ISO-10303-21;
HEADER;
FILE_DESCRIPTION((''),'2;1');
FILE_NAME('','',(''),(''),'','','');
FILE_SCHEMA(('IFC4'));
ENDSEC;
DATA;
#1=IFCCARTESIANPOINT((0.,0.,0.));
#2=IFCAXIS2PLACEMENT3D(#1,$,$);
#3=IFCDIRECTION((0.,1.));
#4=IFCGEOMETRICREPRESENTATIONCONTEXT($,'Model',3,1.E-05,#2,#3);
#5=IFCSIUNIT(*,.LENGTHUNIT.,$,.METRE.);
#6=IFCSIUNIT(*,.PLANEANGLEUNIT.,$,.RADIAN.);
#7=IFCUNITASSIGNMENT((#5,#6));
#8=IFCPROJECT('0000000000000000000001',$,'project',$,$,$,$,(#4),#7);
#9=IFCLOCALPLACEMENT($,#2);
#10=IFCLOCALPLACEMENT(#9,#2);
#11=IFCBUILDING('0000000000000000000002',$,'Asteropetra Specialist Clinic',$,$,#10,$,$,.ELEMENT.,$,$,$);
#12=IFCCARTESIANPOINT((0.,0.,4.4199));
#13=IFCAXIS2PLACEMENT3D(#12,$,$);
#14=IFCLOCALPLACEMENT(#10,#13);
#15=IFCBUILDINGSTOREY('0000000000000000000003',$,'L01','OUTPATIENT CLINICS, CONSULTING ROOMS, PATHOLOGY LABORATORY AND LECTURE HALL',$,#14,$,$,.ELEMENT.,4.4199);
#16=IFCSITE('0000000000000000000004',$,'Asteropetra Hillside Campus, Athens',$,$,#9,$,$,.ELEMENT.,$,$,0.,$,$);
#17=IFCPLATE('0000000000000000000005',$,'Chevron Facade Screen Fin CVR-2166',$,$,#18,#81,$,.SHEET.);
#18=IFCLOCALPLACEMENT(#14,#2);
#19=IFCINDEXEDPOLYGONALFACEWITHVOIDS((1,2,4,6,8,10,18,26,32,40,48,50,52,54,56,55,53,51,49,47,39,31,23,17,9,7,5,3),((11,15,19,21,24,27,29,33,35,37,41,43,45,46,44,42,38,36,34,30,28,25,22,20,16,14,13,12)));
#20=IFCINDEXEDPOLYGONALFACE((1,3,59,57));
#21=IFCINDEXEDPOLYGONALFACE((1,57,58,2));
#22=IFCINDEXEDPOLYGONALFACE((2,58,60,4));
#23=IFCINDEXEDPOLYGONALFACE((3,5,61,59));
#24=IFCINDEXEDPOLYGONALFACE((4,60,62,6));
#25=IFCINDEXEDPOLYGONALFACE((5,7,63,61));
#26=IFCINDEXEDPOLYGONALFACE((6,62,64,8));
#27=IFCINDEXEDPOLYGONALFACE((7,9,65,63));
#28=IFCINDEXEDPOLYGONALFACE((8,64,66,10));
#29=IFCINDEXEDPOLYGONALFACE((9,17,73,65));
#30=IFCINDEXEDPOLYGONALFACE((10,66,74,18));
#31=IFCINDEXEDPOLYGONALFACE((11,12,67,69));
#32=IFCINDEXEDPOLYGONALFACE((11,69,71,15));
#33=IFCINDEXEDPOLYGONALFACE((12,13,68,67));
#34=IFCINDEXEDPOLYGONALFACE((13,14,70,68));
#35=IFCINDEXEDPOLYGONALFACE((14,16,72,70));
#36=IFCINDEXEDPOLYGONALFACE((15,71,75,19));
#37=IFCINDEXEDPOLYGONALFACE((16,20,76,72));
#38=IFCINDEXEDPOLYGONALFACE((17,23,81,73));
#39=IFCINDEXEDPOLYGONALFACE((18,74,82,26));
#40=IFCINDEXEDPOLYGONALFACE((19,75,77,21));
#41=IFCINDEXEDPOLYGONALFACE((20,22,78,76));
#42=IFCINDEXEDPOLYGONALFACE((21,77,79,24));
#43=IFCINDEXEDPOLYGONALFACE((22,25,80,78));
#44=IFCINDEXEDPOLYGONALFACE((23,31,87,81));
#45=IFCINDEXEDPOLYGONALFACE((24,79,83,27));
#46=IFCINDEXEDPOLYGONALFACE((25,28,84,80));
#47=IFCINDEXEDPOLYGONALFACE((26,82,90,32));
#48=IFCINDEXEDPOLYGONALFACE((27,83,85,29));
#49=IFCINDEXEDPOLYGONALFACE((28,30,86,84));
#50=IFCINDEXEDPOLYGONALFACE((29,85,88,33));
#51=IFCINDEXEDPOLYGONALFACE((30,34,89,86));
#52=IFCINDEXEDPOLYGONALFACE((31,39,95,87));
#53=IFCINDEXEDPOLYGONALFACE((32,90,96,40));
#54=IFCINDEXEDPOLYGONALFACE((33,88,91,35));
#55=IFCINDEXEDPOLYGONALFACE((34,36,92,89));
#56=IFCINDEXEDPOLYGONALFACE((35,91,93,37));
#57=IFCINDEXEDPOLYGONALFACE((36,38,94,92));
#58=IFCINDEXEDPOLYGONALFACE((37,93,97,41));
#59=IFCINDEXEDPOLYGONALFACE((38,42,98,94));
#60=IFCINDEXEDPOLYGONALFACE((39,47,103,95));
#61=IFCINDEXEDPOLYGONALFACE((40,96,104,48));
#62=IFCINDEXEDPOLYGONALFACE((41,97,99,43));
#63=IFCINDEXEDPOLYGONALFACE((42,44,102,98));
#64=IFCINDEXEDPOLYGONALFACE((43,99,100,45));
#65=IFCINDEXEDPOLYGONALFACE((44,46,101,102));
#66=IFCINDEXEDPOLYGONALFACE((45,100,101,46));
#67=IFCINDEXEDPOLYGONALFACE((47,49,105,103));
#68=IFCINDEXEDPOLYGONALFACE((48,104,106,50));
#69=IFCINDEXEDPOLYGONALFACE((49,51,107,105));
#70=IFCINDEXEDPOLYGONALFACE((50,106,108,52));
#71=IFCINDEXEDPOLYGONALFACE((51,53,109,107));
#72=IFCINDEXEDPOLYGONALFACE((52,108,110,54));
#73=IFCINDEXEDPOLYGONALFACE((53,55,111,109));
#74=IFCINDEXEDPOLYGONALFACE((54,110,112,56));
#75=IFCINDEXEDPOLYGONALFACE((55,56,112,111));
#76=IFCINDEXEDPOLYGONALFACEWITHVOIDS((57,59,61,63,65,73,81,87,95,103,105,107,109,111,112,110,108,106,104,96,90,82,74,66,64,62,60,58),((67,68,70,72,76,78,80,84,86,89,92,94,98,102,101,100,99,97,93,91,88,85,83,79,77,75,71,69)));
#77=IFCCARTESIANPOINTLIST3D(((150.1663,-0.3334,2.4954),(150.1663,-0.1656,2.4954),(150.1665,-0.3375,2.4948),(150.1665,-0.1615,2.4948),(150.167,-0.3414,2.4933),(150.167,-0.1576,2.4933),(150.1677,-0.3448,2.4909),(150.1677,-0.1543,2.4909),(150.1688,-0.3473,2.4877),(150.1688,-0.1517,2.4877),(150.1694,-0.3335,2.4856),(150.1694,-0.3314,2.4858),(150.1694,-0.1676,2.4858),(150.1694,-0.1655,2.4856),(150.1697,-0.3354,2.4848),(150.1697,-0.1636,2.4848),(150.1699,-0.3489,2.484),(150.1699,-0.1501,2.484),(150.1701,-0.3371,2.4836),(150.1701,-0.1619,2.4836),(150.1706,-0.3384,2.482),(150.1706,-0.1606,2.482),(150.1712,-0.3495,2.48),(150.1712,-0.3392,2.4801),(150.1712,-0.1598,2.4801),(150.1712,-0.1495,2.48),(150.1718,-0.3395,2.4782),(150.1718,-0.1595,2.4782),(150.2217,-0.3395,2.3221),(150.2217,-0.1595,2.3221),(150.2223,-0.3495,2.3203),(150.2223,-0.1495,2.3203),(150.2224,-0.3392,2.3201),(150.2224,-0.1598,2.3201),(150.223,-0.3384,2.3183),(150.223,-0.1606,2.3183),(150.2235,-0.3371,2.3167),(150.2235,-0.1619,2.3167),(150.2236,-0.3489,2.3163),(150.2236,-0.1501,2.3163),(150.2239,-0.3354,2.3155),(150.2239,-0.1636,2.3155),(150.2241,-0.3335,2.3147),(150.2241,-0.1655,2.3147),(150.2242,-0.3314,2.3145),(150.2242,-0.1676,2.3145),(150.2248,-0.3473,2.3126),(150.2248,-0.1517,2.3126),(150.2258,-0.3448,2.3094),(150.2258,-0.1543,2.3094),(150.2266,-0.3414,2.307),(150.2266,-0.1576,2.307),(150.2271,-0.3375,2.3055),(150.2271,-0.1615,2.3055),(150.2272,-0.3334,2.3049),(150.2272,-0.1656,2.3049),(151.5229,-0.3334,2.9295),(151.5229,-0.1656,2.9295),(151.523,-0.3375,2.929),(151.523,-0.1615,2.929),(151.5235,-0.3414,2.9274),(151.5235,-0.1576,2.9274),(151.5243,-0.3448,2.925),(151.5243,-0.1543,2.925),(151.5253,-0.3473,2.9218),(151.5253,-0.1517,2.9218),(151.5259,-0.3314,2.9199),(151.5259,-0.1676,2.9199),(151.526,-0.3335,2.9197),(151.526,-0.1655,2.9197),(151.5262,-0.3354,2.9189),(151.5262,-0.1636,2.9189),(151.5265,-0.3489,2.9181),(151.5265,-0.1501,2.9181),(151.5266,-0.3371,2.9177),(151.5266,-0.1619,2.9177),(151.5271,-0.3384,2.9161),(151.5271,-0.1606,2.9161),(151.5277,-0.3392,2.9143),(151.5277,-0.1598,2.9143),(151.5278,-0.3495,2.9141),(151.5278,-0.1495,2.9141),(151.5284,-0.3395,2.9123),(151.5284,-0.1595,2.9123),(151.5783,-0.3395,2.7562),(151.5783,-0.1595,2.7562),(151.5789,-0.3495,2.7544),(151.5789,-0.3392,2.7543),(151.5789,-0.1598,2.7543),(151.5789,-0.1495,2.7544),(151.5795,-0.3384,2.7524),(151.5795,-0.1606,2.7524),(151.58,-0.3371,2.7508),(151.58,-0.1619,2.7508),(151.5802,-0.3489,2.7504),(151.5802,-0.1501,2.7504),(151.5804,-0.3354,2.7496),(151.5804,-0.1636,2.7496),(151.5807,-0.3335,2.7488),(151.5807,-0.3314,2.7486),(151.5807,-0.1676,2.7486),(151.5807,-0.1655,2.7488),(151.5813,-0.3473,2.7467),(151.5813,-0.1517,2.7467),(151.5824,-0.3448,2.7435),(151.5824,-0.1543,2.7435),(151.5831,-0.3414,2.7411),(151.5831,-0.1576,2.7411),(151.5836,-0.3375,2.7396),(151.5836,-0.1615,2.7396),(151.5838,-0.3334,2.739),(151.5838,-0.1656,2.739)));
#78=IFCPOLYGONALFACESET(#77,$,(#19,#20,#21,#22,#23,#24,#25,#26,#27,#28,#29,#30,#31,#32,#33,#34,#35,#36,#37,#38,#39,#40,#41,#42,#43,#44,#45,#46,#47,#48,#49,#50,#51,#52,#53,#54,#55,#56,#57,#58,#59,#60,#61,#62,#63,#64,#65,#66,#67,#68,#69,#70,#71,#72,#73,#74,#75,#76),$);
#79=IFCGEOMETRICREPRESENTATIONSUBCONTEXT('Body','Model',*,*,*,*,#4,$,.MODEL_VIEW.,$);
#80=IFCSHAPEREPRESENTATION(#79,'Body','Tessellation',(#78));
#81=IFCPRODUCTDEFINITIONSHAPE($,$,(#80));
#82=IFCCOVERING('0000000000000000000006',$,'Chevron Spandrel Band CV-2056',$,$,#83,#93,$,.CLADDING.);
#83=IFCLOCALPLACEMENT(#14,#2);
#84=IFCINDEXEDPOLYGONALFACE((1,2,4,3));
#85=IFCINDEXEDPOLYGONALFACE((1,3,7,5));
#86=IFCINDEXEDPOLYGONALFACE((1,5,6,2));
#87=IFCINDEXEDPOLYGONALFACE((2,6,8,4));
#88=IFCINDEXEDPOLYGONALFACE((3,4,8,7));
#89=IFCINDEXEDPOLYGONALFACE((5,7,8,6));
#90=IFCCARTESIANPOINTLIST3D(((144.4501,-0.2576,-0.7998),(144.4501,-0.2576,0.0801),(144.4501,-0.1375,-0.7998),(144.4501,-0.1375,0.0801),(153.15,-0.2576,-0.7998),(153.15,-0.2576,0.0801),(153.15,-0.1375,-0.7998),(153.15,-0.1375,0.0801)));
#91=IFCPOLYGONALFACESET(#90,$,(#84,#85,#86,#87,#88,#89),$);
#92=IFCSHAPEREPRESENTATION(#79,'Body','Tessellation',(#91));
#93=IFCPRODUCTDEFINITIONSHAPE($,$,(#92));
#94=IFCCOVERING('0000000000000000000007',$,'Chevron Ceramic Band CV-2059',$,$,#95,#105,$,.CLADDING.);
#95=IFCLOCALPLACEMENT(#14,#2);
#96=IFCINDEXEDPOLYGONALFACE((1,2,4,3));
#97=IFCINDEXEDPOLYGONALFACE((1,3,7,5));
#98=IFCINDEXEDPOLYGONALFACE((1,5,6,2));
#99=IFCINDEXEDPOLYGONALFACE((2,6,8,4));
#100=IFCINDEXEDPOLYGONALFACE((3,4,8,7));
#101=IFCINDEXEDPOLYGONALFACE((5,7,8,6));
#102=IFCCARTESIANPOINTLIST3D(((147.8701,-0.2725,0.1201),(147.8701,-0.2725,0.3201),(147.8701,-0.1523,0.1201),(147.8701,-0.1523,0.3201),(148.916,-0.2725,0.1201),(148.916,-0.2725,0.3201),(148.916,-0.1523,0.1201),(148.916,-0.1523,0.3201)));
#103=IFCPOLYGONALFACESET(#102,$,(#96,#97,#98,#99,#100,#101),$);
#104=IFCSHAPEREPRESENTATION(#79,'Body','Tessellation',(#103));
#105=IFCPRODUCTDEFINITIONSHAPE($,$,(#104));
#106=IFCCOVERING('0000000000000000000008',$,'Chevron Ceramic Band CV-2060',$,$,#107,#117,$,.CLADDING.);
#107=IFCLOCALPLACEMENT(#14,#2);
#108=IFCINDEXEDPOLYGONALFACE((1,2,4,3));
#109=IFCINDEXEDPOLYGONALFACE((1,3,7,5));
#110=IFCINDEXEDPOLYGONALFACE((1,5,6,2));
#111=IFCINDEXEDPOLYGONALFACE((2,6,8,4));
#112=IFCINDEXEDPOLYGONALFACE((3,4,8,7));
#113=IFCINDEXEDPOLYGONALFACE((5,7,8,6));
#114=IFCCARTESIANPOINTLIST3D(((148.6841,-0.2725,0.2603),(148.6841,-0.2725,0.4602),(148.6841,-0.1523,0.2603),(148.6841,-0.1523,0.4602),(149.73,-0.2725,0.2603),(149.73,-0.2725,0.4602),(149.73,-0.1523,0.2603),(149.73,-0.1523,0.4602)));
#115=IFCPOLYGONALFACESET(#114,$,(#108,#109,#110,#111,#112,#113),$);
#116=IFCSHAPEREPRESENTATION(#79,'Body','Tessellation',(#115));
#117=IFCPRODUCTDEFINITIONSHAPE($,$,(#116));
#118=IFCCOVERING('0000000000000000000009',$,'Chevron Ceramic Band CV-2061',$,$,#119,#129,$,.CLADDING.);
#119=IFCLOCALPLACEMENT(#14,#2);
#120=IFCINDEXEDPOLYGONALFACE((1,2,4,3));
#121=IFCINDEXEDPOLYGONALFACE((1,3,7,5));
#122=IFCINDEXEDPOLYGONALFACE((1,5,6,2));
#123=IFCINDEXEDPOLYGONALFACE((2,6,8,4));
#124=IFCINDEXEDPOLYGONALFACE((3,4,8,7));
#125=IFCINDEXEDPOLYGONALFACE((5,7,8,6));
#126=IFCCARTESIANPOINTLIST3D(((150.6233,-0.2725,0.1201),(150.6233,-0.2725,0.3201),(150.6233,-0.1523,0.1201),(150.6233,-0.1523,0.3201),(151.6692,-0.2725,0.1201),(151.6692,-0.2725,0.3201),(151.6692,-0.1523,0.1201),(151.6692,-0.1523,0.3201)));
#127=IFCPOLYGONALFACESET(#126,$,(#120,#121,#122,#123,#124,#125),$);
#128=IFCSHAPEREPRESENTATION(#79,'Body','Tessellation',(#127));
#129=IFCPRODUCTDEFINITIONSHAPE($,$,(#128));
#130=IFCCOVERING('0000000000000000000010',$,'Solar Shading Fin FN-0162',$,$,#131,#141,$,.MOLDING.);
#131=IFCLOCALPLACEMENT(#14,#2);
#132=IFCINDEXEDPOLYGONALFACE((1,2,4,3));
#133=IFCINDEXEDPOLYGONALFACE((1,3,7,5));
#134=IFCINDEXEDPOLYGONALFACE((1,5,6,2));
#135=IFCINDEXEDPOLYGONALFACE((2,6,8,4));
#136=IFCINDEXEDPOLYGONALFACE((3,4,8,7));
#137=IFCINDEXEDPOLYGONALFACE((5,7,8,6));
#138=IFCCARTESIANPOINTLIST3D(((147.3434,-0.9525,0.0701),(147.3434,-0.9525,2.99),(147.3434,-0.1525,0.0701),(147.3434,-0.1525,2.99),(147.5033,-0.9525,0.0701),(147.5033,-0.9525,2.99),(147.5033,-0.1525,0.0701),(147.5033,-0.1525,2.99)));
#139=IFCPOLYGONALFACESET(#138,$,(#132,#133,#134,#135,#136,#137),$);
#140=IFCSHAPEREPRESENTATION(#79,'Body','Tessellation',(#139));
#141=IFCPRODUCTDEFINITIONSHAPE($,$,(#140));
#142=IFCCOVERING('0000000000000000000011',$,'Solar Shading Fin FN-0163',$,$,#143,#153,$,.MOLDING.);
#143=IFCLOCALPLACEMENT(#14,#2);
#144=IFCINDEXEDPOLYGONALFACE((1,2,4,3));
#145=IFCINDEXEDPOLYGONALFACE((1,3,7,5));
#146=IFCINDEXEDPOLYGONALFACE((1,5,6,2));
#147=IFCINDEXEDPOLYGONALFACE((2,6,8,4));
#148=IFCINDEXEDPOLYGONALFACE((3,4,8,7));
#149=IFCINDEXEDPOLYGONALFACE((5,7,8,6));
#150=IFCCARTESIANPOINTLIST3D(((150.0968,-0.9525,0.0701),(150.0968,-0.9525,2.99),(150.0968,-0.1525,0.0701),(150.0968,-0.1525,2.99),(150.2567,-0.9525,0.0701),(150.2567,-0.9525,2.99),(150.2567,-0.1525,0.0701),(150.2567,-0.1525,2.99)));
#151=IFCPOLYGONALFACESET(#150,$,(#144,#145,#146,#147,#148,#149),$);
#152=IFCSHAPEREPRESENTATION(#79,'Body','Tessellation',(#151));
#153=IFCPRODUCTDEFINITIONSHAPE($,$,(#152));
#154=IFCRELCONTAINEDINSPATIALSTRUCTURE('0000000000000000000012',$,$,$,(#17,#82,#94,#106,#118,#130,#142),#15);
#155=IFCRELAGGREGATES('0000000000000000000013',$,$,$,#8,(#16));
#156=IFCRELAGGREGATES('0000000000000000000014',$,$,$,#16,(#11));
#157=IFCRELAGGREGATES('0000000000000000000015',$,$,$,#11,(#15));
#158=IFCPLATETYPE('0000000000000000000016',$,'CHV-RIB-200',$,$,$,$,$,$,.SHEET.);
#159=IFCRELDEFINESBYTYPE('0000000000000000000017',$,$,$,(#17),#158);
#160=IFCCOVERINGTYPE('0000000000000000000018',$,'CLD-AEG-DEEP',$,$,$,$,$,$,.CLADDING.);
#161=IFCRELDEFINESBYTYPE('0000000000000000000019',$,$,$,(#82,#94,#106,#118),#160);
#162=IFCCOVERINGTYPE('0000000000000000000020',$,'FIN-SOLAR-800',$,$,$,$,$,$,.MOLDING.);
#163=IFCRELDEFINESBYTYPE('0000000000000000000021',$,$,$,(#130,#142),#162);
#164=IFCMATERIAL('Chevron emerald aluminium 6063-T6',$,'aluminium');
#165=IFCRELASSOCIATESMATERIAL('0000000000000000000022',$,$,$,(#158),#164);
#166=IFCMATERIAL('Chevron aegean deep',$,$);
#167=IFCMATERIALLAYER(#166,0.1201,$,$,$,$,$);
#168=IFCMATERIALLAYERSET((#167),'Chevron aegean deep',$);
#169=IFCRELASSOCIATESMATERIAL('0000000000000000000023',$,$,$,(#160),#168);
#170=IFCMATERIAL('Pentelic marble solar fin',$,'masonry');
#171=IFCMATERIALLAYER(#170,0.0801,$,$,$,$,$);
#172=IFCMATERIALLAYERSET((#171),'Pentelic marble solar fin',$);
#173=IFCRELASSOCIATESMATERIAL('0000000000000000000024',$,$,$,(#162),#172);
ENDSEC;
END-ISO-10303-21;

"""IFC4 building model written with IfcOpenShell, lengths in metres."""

from ifc_helpers import new_model, si_unit, direction, frame, origin, origin_2d, place, context, subcontext, project, spatial, rectangle, hollow_rectangle, extrude, material, layer, layer_set, material_profile, profile_set, type_object, element, save


model = new_model("IFC4")

# Units and contexts
model_context = context("Model", 3, precision=1e-05, world=origin(), true_north=direction((0.0, 1.0)))
body_context = subcontext(model_context, "Body", "Model", "MODEL_VIEW")
ifc_project = project(units=[si_unit("LENGTHUNIT", "METRE"), si_unit("PLANEANGLEUNIT", "RADIAN")], contexts=[model_context])

# Site, building, storey
site_placement = place(None, origin())
site = spatial("IfcSite", under=ifc_project, at=site_placement, Name="Asteropetra Hillside Campus, Athens", CompositionType="ELEMENT", RefElevation=0.0)
building_placement = place(site_placement, origin())
building = spatial("IfcBuilding", under=site, at=building_placement, Name="Asteropetra Specialist Clinic", CompositionType="ELEMENT")
storey_placement = place(building_placement, frame((0.0, 0.0, 4.4199)))
storey = spatial("IfcBuildingStorey", under=building, at=storey_placement, Name="L01", Description="OUTPATIENT CLINICS, CONSULTING ROOMS, PATHOLOGY LABORATORY AND LECTURE HALL", CompositionType="ELEMENT", Elevation=4.4199)

# Plate
ifc_material_1 = material(Name="Chevron emerald aluminium 6063-T6", Category="aluminium")
ifc_material_profile_1 = material_profile(ifc_material_1, hollow_rectangle(XDim=0.2, YDim=0.2, WallThickness=0.01, InnerFilletRadius=0.0081, OuterFilletRadius=0.0161, at=origin_2d()), Name="SHS 200x200x10.0")
ifc_profile_set_1 = profile_set([ifc_material_profile_1], Name="Chevron emerald aluminium 6063-T6")
plate_type = type_object("IfcPlateType", Name="CHV-RIB-200", PredefinedType="SHEET", material=ifc_profile_set_1)
plate_1_placement = place(storey_placement, frame((150.1968, -0.2495, 2.4001), z_axis=(0.95242, 0.0, 0.304788), x_axis=(0.0, 1.0, 0.0)))
element("IfcPlate", 1, at=plate_1_placement, inside=storey, type_object=plate_type, Name="Chevron Facade Screen Fin CVR-2166", PredefinedType="SHEET", context=body_context, shape_type="SweptSolid", body=[
    extrude(hollow_rectangle(XDim=0.2, YDim=0.2, WallThickness=0.01, InnerFilletRadius=0.0081, OuterFilletRadius=0.0161, at=origin_2d()), origin(), (0.0, 0.0, 1.0), 1.4243),
])

# Coverings
ifc_material_2 = material(Name="Chevron aegean deep")
ifc_layer_1 = layer(ifc_material_2, 0.1201)
ifc_layer_set_1 = layer_set([ifc_layer_1], Name="Chevron aegean deep")
covering_type_1 = type_object("IfcCoveringType", Name="CLD-AEG-DEEP", PredefinedType="CLADDING", material=ifc_layer_set_1)
covering_placement = place(storey_placement, frame((148.8, -0.1975, -0.7998), z_axis=(0.0, 0.0, 1.0), x_axis=(1.0, 0.0, 0.0)))
element("IfcCovering", 2, at=covering_placement, inside=storey, type_object=covering_type_1, Name="Chevron Spandrel Band CV-2056", PredefinedType="CLADDING", context=body_context, shape_type="SweptSolid", body=[
    extrude(rectangle(XDim=8.7, YDim=0.1201, at=origin_2d()), origin(), (0.0, 0.0, 1.0), 0.8799),
])
for number, where, z_axis, x_axis, name in (
    (3, (148.3931, -0.2124, 0.1201), (0.0, 0.0, 1.0), (1.0, 0.0, 0.0), "Chevron Ceramic Band CV-2059"),
    (4, (149.207, -0.2124, 0.2603), (0.0, 0.0, 1.0), (1.0, 0.0, 0.0), "Chevron Ceramic Band CV-2060"),
    (5, (151.1462, -0.2124, 0.1201), (0.0, 0.0, 1.0), (1.0, 0.0, 0.0), "Chevron Ceramic Band CV-2061"),
):
    element("IfcCovering", number, at=place(storey_placement, frame(where, z_axis=z_axis, x_axis=x_axis)), inside=storey, type_object=covering_type_1, Name=name, PredefinedType="CLADDING", context=body_context, shape_type="SweptSolid", body=[
        extrude(rectangle(XDim=1.0459, YDim=0.1201, at=origin_2d()), origin(), (0.0, 0.0, 1.0), 0.2),
    ])
ifc_material_3 = material(Name="Pentelic marble solar fin", Category="masonry")
ifc_layer_2 = layer(ifc_material_3, 0.0801)
ifc_layer_set_2 = layer_set([ifc_layer_2], Name="Pentelic marble solar fin")
covering_type_2 = type_object("IfcCoveringType", Name="FIN-SOLAR-800", PredefinedType="MOLDING", material=ifc_layer_set_2)
for number, where, z_axis, x_axis, name in (
    (6, (147.4233, -0.5525, 0.0701), (0.0, 0.0, 1.0), (1.0, 0.0, 0.0), "Solar Shading Fin FN-0162"),
    (7, (150.1768, -0.5525, 0.0701), (0.0, 0.0, 1.0), (1.0, 0.0, 0.0), "Solar Shading Fin FN-0163"),
):
    element("IfcCovering", number, at=place(storey_placement, frame(where, z_axis=z_axis, x_axis=x_axis)), inside=storey, type_object=covering_type_2, Name=name, PredefinedType="MOLDING", context=body_context, shape_type="SweptSolid", body=[
        extrude(rectangle(XDim=0.1599, YDim=0.8, at=origin_2d()), origin(), (0.0, 0.0, 1.0), 2.9199),
    ])

save(model, "model.ifc")
